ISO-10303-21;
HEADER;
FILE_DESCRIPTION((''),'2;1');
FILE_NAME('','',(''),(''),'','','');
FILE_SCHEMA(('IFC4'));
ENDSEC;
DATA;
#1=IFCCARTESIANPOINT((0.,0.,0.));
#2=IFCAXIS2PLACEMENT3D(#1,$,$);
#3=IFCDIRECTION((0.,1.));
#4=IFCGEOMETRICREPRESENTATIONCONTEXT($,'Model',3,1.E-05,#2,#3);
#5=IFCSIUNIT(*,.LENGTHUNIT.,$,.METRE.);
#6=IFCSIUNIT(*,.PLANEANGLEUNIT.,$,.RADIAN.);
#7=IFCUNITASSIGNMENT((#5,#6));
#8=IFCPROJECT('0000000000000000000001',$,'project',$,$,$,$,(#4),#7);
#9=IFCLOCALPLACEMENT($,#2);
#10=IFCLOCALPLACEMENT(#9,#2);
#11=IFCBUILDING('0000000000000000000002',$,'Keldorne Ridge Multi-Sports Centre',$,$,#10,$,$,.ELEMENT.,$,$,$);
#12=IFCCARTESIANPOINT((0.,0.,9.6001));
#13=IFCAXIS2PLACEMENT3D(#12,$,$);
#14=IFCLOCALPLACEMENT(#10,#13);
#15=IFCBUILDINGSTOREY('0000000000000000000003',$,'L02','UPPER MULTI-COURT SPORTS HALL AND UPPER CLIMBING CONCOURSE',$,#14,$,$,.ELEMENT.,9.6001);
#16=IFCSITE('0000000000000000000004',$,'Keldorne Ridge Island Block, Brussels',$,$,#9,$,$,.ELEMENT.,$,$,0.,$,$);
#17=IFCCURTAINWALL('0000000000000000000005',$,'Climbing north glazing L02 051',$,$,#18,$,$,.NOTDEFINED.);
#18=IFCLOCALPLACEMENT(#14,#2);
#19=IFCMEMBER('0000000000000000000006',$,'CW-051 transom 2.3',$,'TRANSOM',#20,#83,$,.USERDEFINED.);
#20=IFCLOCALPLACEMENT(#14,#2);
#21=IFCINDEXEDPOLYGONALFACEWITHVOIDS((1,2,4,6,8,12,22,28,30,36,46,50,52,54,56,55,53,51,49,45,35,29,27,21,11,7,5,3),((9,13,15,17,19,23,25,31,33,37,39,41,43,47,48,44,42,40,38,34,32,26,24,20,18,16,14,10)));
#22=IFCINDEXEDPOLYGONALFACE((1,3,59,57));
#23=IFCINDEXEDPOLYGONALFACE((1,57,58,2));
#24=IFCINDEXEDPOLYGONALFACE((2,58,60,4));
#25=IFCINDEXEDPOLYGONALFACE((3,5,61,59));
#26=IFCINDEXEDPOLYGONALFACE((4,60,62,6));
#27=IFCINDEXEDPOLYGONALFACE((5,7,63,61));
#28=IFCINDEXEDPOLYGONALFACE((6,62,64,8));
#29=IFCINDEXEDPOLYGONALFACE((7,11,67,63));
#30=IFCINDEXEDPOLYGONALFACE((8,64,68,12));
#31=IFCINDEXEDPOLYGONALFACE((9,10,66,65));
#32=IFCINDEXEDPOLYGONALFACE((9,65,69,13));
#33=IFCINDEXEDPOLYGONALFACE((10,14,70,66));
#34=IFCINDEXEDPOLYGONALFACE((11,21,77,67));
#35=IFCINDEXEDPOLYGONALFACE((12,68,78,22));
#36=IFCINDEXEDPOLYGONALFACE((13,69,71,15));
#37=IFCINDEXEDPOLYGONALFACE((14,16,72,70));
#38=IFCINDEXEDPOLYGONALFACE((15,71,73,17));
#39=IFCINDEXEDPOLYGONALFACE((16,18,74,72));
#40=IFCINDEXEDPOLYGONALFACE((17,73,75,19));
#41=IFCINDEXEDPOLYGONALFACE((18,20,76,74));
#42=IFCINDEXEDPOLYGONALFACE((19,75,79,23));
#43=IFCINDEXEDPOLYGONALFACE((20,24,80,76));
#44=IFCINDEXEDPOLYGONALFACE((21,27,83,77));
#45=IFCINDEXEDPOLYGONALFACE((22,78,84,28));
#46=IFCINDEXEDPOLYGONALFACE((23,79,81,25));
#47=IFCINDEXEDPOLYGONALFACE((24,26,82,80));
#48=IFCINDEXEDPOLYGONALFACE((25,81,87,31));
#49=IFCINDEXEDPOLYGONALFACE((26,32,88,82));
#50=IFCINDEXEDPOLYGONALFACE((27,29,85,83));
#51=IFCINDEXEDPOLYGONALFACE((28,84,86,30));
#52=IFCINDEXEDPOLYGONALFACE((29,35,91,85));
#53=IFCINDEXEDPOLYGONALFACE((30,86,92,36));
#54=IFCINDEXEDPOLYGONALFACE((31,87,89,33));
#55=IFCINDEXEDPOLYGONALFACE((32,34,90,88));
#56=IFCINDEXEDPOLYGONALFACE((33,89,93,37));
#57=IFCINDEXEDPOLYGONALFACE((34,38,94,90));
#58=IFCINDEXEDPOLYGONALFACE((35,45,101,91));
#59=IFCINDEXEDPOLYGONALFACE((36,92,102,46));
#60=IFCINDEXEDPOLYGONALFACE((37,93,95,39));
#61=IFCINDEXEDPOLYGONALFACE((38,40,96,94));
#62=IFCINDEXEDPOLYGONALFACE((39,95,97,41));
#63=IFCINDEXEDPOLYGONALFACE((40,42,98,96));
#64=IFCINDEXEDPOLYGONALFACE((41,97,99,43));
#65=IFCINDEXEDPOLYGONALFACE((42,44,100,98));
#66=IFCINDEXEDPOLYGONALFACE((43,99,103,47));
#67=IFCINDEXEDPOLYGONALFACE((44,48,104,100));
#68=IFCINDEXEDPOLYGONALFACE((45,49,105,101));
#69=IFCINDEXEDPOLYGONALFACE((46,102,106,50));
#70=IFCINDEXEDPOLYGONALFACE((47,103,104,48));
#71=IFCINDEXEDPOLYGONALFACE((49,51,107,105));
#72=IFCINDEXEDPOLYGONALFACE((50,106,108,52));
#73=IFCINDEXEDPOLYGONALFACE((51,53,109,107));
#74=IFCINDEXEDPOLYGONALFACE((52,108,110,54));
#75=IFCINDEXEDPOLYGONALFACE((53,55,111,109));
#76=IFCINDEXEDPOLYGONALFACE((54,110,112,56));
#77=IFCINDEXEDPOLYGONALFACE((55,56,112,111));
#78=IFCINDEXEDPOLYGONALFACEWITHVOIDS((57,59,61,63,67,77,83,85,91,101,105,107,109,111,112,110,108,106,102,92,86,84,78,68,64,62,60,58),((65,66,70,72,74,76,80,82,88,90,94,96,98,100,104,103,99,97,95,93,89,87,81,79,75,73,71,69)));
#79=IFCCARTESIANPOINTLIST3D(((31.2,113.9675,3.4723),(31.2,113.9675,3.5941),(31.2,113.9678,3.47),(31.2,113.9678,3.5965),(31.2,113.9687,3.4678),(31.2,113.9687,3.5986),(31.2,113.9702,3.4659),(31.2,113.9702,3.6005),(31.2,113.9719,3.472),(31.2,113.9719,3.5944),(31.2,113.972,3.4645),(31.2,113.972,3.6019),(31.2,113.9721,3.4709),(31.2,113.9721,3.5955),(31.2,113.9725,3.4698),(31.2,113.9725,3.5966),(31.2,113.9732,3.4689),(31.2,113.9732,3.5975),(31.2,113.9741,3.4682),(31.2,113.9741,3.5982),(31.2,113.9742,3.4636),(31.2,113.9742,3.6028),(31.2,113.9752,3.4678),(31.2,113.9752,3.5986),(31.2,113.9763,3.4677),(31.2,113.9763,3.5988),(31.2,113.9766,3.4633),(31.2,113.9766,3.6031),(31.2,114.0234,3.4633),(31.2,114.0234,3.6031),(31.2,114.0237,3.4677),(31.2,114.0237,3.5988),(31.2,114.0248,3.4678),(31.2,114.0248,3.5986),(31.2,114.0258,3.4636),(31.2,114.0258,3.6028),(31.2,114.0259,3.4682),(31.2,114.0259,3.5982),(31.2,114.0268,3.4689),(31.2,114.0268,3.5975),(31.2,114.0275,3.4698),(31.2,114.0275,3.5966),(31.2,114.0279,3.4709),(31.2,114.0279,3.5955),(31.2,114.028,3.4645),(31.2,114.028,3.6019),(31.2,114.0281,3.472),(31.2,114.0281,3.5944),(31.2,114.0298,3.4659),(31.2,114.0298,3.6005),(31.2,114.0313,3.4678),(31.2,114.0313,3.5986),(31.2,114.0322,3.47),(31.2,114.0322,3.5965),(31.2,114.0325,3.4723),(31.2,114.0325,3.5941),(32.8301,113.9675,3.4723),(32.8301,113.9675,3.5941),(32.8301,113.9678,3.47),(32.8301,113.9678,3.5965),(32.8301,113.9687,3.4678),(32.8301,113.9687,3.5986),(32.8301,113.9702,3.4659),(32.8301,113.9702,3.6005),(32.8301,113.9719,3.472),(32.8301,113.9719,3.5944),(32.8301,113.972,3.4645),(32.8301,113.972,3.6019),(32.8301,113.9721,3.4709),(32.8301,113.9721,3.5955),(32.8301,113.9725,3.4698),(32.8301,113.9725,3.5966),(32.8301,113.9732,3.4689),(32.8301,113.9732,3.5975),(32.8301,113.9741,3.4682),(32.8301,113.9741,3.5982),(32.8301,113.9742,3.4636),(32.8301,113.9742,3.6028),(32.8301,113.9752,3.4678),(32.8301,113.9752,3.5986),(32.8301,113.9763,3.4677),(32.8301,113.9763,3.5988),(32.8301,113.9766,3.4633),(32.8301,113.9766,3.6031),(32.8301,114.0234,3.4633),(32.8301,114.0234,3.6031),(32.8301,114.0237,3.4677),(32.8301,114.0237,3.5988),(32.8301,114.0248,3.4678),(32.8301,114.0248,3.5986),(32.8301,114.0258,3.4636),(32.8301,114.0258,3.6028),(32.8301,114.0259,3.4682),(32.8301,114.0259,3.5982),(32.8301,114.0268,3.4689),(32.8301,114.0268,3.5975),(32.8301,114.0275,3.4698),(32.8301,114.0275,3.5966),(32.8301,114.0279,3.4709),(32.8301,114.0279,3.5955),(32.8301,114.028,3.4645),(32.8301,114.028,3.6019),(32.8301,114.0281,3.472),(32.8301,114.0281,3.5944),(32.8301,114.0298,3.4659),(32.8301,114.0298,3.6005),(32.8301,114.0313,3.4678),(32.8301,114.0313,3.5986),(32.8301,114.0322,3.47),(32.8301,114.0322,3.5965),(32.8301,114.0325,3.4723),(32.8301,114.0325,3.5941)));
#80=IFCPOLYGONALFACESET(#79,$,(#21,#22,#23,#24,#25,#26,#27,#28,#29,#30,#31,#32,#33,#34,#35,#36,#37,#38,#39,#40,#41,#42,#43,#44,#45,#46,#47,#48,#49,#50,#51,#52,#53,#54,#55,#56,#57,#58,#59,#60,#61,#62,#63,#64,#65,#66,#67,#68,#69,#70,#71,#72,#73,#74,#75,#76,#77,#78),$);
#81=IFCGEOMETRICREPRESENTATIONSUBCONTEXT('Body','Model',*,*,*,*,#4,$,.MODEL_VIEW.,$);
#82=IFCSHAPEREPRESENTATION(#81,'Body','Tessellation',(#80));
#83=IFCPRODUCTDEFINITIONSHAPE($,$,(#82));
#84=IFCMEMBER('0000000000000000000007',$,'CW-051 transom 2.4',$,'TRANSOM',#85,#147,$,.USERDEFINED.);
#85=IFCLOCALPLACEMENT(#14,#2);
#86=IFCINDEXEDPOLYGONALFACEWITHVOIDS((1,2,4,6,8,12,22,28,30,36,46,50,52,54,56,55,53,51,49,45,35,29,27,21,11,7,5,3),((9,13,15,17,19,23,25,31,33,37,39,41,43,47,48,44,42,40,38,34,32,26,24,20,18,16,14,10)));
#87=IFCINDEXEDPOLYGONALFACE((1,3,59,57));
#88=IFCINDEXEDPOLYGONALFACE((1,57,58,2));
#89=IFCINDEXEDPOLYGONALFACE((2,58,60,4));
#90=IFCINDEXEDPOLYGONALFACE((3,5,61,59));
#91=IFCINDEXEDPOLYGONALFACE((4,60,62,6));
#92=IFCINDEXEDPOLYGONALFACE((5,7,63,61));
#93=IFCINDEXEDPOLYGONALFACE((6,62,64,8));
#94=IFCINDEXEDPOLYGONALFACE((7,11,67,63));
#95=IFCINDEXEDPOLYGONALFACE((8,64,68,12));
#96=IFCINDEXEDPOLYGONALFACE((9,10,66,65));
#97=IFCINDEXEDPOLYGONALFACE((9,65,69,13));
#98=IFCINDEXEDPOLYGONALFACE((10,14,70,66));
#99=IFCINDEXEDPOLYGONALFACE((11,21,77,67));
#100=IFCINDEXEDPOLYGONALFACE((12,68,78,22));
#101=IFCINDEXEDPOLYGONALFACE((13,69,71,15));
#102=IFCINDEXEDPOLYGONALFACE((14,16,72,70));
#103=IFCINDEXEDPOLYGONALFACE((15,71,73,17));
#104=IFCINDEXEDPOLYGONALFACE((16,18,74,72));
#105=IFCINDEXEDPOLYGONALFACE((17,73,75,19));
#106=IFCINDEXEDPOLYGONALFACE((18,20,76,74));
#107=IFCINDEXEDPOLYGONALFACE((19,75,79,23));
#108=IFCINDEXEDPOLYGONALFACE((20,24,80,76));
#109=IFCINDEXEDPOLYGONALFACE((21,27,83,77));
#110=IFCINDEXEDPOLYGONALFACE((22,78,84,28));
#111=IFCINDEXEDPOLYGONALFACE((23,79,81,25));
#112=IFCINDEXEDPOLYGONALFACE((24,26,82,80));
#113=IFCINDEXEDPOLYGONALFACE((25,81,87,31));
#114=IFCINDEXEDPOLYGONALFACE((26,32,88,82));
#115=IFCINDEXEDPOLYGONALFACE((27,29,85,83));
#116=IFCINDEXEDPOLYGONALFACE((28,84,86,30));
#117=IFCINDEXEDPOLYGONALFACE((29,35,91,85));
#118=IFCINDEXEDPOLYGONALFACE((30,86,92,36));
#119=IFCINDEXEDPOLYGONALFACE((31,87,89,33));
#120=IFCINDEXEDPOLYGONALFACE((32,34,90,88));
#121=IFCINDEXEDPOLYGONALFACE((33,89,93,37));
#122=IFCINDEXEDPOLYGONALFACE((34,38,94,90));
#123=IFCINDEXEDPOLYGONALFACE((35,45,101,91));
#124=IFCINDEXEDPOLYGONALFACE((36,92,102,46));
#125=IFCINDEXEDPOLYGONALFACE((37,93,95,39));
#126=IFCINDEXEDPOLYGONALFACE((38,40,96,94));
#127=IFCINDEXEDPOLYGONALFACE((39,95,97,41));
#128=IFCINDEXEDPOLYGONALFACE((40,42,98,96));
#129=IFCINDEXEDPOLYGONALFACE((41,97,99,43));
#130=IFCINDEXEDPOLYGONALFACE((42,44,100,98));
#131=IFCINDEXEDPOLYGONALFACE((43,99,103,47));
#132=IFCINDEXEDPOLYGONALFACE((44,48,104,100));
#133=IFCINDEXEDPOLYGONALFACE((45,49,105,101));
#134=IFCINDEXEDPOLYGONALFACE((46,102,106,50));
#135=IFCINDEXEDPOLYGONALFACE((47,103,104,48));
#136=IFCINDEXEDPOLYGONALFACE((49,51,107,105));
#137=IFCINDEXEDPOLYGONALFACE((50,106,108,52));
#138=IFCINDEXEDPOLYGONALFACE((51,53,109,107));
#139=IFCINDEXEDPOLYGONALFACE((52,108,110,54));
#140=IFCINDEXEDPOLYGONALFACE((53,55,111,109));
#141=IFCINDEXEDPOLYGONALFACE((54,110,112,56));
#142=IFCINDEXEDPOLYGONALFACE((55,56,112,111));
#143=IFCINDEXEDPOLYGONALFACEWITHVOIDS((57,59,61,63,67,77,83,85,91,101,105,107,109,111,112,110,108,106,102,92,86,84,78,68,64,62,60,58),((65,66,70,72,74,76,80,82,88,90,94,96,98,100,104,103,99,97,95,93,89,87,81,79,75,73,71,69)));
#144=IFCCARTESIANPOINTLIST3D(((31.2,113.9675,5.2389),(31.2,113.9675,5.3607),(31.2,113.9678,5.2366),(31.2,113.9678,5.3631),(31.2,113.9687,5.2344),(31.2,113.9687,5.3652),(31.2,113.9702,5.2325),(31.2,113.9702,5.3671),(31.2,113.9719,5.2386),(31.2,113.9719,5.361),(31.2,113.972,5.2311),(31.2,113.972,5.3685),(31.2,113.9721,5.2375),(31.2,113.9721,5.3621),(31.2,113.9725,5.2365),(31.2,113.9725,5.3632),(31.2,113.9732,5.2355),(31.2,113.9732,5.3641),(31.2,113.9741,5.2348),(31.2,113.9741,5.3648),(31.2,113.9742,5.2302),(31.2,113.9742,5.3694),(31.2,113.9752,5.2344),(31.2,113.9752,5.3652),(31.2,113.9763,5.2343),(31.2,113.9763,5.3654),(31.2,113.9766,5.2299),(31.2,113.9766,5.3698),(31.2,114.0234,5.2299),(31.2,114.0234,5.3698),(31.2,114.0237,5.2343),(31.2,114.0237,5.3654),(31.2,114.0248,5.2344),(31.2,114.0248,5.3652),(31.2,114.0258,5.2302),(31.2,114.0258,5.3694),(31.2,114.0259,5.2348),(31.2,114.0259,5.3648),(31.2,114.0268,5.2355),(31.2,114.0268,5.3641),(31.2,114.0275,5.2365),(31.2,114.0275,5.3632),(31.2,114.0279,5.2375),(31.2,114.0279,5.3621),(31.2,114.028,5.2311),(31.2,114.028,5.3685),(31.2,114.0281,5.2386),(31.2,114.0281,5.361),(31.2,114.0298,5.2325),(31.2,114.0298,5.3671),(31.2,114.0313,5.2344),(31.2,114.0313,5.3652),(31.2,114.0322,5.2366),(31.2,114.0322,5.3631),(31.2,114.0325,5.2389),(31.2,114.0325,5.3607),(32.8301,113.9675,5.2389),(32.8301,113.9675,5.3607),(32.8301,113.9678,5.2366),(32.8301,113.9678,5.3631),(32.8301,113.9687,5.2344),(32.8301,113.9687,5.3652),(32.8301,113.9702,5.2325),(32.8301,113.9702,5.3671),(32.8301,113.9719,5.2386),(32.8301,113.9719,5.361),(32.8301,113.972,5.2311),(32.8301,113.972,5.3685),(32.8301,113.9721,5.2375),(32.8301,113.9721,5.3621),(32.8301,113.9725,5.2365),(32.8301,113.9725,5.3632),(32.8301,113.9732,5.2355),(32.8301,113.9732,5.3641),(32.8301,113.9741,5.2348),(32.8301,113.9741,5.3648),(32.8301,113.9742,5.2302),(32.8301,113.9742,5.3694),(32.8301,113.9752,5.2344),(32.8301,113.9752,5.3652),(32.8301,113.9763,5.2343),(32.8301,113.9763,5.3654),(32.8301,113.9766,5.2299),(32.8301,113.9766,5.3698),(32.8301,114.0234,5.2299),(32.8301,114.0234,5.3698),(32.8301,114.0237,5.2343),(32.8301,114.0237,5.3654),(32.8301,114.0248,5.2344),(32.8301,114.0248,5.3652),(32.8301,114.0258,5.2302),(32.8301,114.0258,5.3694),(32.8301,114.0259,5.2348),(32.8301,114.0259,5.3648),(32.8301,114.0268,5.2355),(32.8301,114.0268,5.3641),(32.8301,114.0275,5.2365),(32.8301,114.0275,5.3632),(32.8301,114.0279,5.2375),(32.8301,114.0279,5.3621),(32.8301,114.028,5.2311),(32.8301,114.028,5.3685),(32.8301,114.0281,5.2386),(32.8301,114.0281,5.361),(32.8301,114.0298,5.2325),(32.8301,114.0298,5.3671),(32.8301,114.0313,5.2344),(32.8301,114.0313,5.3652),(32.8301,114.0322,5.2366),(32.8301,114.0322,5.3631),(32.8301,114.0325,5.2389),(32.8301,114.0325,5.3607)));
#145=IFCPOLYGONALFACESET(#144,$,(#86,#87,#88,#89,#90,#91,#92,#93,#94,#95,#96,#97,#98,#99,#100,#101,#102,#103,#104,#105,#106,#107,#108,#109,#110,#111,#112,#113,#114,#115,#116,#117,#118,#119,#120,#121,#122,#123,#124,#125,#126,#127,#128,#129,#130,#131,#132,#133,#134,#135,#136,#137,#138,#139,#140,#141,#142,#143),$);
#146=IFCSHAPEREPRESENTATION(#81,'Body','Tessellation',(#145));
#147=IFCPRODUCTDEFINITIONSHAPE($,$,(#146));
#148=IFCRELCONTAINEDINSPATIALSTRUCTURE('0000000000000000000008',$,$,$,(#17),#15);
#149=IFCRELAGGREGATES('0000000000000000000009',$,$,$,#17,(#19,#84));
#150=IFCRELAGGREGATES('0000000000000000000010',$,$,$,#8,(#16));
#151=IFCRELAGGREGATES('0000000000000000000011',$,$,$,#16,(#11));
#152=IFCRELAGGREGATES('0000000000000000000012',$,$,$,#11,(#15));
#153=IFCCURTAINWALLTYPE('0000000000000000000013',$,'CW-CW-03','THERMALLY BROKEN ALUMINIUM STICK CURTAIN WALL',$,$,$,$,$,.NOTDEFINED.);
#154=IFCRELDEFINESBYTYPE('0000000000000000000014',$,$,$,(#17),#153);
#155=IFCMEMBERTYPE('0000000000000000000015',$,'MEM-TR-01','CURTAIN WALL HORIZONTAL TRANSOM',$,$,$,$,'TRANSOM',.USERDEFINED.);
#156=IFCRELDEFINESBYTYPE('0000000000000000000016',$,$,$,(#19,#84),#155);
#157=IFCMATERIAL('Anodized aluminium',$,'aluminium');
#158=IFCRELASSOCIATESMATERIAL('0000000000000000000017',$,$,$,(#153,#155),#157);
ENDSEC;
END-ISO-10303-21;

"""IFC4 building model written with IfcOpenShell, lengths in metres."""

from ifc_helpers import new_model, si_unit, direction, frame, origin, origin_2d, place, context, subcontext, project, spatial, hollow_rectangle, extrude, material, material_profile, profile_set, type_object, element, aggregate, save


model = new_model("IFC4")

# Units and contexts
model_context = context("Model", 3, precision=1e-05, world=origin(), true_north=direction((0.0, 1.0)))
body_context = subcontext(model_context, "Body", "Model", "MODEL_VIEW")
ifc_project = project(units=[si_unit("LENGTHUNIT", "METRE"), si_unit("PLANEANGLEUNIT", "RADIAN")], contexts=[model_context])

# Site, building, storey
site_placement = place(None, origin())
site = spatial("IfcSite", under=ifc_project, at=site_placement, Name="Keldorne Ridge Island Block, Brussels", CompositionType="ELEMENT", RefElevation=0.0)
building_placement = place(site_placement, origin())
building = spatial("IfcBuilding", under=site, at=building_placement, Name="Keldorne Ridge Multi-Sports Centre", CompositionType="ELEMENT")
storey_placement = place(building_placement, frame((0.0, 0.0, 9.6001)))
storey = spatial("IfcBuildingStorey", under=building, at=storey_placement, Name="L02", Description="UPPER MULTI-COURT SPORTS HALL AND UPPER CLIMBING CONCOURSE", CompositionType="ELEMENT", Elevation=9.6001)

# Curtain wall
ifc_material_1 = material(Name="Anodized aluminium", Category="aluminium")
curtain_wall_type_1 = type_object("IfcCurtainWallType", Name="CW-CW-03", Description="THERMALLY BROKEN ALUMINIUM STICK CURTAIN WALL", PredefinedType="NOTDEFINED", material=ifc_material_1)
curtain_wall_1_placement = place(storey_placement, origin())
curtain_wall_1 = element("IfcCurtainWall", 1, at=curtain_wall_1_placement, inside=storey, type_object=curtain_wall_type_1, Name="Climbing north glazing L02 051", PredefinedType="NOTDEFINED")

# Members
ifc_material_profile_1 = material_profile(ifc_material_1, hollow_rectangle(XDim=0.0649, YDim=0.1399, WallThickness=0.0044, InnerFilletRadius=0.0044, OuterFilletRadius=0.009, at=origin_2d()), Name="ALU TRANSOM 140x65x4.5")
ifc_profile_set_1 = profile_set([ifc_material_profile_1], Name="Anodized aluminium")
member_type_1 = type_object("IfcMemberType", Name="MEM-TR-01", Description="CURTAIN WALL HORIZONTAL TRANSOM", ElementType="TRANSOM", PredefinedType="USERDEFINED", material=ifc_profile_set_1)
member_1_placement = place(storey_placement, frame((32.8301, 114.0, 3.5332), z_axis=(-1.0, 0.0, 0.0), x_axis=(0.0, -1.0, 0.0)))
member_1 = element("IfcMember", 2, at=member_1_placement, type_object=member_type_1, Name="CW-051 transom 2.3", ObjectType="TRANSOM", PredefinedType="USERDEFINED", context=body_context, shape_type="SweptSolid", body=[
    extrude(hollow_rectangle(XDim=0.0649, YDim=0.1399, WallThickness=0.0044, InnerFilletRadius=0.0044, OuterFilletRadius=0.009, at=origin_2d()), origin(), (0.0, 0.0, 1.0), 1.6301),
])
member_2_placement = place(storey_placement, frame((32.8301, 114.0, 5.2998), z_axis=(-1.0, 0.0, 0.0), x_axis=(0.0, -1.0, 0.0)))
member_2 = element("IfcMember", 3, at=member_2_placement, type_object=member_type_1, Name="CW-051 transom 2.4", ObjectType="TRANSOM", PredefinedType="USERDEFINED", context=body_context, shape_type="SweptSolid", body=[
    extrude(hollow_rectangle(XDim=0.0649, YDim=0.1399, WallThickness=0.0044, InnerFilletRadius=0.0044, OuterFilletRadius=0.009, at=origin_2d()), origin(), (0.0, 0.0, 1.0), 1.6301),
])

aggregate(curtain_wall_1, [member_1, member_2])

save(model, "model.ifc")
